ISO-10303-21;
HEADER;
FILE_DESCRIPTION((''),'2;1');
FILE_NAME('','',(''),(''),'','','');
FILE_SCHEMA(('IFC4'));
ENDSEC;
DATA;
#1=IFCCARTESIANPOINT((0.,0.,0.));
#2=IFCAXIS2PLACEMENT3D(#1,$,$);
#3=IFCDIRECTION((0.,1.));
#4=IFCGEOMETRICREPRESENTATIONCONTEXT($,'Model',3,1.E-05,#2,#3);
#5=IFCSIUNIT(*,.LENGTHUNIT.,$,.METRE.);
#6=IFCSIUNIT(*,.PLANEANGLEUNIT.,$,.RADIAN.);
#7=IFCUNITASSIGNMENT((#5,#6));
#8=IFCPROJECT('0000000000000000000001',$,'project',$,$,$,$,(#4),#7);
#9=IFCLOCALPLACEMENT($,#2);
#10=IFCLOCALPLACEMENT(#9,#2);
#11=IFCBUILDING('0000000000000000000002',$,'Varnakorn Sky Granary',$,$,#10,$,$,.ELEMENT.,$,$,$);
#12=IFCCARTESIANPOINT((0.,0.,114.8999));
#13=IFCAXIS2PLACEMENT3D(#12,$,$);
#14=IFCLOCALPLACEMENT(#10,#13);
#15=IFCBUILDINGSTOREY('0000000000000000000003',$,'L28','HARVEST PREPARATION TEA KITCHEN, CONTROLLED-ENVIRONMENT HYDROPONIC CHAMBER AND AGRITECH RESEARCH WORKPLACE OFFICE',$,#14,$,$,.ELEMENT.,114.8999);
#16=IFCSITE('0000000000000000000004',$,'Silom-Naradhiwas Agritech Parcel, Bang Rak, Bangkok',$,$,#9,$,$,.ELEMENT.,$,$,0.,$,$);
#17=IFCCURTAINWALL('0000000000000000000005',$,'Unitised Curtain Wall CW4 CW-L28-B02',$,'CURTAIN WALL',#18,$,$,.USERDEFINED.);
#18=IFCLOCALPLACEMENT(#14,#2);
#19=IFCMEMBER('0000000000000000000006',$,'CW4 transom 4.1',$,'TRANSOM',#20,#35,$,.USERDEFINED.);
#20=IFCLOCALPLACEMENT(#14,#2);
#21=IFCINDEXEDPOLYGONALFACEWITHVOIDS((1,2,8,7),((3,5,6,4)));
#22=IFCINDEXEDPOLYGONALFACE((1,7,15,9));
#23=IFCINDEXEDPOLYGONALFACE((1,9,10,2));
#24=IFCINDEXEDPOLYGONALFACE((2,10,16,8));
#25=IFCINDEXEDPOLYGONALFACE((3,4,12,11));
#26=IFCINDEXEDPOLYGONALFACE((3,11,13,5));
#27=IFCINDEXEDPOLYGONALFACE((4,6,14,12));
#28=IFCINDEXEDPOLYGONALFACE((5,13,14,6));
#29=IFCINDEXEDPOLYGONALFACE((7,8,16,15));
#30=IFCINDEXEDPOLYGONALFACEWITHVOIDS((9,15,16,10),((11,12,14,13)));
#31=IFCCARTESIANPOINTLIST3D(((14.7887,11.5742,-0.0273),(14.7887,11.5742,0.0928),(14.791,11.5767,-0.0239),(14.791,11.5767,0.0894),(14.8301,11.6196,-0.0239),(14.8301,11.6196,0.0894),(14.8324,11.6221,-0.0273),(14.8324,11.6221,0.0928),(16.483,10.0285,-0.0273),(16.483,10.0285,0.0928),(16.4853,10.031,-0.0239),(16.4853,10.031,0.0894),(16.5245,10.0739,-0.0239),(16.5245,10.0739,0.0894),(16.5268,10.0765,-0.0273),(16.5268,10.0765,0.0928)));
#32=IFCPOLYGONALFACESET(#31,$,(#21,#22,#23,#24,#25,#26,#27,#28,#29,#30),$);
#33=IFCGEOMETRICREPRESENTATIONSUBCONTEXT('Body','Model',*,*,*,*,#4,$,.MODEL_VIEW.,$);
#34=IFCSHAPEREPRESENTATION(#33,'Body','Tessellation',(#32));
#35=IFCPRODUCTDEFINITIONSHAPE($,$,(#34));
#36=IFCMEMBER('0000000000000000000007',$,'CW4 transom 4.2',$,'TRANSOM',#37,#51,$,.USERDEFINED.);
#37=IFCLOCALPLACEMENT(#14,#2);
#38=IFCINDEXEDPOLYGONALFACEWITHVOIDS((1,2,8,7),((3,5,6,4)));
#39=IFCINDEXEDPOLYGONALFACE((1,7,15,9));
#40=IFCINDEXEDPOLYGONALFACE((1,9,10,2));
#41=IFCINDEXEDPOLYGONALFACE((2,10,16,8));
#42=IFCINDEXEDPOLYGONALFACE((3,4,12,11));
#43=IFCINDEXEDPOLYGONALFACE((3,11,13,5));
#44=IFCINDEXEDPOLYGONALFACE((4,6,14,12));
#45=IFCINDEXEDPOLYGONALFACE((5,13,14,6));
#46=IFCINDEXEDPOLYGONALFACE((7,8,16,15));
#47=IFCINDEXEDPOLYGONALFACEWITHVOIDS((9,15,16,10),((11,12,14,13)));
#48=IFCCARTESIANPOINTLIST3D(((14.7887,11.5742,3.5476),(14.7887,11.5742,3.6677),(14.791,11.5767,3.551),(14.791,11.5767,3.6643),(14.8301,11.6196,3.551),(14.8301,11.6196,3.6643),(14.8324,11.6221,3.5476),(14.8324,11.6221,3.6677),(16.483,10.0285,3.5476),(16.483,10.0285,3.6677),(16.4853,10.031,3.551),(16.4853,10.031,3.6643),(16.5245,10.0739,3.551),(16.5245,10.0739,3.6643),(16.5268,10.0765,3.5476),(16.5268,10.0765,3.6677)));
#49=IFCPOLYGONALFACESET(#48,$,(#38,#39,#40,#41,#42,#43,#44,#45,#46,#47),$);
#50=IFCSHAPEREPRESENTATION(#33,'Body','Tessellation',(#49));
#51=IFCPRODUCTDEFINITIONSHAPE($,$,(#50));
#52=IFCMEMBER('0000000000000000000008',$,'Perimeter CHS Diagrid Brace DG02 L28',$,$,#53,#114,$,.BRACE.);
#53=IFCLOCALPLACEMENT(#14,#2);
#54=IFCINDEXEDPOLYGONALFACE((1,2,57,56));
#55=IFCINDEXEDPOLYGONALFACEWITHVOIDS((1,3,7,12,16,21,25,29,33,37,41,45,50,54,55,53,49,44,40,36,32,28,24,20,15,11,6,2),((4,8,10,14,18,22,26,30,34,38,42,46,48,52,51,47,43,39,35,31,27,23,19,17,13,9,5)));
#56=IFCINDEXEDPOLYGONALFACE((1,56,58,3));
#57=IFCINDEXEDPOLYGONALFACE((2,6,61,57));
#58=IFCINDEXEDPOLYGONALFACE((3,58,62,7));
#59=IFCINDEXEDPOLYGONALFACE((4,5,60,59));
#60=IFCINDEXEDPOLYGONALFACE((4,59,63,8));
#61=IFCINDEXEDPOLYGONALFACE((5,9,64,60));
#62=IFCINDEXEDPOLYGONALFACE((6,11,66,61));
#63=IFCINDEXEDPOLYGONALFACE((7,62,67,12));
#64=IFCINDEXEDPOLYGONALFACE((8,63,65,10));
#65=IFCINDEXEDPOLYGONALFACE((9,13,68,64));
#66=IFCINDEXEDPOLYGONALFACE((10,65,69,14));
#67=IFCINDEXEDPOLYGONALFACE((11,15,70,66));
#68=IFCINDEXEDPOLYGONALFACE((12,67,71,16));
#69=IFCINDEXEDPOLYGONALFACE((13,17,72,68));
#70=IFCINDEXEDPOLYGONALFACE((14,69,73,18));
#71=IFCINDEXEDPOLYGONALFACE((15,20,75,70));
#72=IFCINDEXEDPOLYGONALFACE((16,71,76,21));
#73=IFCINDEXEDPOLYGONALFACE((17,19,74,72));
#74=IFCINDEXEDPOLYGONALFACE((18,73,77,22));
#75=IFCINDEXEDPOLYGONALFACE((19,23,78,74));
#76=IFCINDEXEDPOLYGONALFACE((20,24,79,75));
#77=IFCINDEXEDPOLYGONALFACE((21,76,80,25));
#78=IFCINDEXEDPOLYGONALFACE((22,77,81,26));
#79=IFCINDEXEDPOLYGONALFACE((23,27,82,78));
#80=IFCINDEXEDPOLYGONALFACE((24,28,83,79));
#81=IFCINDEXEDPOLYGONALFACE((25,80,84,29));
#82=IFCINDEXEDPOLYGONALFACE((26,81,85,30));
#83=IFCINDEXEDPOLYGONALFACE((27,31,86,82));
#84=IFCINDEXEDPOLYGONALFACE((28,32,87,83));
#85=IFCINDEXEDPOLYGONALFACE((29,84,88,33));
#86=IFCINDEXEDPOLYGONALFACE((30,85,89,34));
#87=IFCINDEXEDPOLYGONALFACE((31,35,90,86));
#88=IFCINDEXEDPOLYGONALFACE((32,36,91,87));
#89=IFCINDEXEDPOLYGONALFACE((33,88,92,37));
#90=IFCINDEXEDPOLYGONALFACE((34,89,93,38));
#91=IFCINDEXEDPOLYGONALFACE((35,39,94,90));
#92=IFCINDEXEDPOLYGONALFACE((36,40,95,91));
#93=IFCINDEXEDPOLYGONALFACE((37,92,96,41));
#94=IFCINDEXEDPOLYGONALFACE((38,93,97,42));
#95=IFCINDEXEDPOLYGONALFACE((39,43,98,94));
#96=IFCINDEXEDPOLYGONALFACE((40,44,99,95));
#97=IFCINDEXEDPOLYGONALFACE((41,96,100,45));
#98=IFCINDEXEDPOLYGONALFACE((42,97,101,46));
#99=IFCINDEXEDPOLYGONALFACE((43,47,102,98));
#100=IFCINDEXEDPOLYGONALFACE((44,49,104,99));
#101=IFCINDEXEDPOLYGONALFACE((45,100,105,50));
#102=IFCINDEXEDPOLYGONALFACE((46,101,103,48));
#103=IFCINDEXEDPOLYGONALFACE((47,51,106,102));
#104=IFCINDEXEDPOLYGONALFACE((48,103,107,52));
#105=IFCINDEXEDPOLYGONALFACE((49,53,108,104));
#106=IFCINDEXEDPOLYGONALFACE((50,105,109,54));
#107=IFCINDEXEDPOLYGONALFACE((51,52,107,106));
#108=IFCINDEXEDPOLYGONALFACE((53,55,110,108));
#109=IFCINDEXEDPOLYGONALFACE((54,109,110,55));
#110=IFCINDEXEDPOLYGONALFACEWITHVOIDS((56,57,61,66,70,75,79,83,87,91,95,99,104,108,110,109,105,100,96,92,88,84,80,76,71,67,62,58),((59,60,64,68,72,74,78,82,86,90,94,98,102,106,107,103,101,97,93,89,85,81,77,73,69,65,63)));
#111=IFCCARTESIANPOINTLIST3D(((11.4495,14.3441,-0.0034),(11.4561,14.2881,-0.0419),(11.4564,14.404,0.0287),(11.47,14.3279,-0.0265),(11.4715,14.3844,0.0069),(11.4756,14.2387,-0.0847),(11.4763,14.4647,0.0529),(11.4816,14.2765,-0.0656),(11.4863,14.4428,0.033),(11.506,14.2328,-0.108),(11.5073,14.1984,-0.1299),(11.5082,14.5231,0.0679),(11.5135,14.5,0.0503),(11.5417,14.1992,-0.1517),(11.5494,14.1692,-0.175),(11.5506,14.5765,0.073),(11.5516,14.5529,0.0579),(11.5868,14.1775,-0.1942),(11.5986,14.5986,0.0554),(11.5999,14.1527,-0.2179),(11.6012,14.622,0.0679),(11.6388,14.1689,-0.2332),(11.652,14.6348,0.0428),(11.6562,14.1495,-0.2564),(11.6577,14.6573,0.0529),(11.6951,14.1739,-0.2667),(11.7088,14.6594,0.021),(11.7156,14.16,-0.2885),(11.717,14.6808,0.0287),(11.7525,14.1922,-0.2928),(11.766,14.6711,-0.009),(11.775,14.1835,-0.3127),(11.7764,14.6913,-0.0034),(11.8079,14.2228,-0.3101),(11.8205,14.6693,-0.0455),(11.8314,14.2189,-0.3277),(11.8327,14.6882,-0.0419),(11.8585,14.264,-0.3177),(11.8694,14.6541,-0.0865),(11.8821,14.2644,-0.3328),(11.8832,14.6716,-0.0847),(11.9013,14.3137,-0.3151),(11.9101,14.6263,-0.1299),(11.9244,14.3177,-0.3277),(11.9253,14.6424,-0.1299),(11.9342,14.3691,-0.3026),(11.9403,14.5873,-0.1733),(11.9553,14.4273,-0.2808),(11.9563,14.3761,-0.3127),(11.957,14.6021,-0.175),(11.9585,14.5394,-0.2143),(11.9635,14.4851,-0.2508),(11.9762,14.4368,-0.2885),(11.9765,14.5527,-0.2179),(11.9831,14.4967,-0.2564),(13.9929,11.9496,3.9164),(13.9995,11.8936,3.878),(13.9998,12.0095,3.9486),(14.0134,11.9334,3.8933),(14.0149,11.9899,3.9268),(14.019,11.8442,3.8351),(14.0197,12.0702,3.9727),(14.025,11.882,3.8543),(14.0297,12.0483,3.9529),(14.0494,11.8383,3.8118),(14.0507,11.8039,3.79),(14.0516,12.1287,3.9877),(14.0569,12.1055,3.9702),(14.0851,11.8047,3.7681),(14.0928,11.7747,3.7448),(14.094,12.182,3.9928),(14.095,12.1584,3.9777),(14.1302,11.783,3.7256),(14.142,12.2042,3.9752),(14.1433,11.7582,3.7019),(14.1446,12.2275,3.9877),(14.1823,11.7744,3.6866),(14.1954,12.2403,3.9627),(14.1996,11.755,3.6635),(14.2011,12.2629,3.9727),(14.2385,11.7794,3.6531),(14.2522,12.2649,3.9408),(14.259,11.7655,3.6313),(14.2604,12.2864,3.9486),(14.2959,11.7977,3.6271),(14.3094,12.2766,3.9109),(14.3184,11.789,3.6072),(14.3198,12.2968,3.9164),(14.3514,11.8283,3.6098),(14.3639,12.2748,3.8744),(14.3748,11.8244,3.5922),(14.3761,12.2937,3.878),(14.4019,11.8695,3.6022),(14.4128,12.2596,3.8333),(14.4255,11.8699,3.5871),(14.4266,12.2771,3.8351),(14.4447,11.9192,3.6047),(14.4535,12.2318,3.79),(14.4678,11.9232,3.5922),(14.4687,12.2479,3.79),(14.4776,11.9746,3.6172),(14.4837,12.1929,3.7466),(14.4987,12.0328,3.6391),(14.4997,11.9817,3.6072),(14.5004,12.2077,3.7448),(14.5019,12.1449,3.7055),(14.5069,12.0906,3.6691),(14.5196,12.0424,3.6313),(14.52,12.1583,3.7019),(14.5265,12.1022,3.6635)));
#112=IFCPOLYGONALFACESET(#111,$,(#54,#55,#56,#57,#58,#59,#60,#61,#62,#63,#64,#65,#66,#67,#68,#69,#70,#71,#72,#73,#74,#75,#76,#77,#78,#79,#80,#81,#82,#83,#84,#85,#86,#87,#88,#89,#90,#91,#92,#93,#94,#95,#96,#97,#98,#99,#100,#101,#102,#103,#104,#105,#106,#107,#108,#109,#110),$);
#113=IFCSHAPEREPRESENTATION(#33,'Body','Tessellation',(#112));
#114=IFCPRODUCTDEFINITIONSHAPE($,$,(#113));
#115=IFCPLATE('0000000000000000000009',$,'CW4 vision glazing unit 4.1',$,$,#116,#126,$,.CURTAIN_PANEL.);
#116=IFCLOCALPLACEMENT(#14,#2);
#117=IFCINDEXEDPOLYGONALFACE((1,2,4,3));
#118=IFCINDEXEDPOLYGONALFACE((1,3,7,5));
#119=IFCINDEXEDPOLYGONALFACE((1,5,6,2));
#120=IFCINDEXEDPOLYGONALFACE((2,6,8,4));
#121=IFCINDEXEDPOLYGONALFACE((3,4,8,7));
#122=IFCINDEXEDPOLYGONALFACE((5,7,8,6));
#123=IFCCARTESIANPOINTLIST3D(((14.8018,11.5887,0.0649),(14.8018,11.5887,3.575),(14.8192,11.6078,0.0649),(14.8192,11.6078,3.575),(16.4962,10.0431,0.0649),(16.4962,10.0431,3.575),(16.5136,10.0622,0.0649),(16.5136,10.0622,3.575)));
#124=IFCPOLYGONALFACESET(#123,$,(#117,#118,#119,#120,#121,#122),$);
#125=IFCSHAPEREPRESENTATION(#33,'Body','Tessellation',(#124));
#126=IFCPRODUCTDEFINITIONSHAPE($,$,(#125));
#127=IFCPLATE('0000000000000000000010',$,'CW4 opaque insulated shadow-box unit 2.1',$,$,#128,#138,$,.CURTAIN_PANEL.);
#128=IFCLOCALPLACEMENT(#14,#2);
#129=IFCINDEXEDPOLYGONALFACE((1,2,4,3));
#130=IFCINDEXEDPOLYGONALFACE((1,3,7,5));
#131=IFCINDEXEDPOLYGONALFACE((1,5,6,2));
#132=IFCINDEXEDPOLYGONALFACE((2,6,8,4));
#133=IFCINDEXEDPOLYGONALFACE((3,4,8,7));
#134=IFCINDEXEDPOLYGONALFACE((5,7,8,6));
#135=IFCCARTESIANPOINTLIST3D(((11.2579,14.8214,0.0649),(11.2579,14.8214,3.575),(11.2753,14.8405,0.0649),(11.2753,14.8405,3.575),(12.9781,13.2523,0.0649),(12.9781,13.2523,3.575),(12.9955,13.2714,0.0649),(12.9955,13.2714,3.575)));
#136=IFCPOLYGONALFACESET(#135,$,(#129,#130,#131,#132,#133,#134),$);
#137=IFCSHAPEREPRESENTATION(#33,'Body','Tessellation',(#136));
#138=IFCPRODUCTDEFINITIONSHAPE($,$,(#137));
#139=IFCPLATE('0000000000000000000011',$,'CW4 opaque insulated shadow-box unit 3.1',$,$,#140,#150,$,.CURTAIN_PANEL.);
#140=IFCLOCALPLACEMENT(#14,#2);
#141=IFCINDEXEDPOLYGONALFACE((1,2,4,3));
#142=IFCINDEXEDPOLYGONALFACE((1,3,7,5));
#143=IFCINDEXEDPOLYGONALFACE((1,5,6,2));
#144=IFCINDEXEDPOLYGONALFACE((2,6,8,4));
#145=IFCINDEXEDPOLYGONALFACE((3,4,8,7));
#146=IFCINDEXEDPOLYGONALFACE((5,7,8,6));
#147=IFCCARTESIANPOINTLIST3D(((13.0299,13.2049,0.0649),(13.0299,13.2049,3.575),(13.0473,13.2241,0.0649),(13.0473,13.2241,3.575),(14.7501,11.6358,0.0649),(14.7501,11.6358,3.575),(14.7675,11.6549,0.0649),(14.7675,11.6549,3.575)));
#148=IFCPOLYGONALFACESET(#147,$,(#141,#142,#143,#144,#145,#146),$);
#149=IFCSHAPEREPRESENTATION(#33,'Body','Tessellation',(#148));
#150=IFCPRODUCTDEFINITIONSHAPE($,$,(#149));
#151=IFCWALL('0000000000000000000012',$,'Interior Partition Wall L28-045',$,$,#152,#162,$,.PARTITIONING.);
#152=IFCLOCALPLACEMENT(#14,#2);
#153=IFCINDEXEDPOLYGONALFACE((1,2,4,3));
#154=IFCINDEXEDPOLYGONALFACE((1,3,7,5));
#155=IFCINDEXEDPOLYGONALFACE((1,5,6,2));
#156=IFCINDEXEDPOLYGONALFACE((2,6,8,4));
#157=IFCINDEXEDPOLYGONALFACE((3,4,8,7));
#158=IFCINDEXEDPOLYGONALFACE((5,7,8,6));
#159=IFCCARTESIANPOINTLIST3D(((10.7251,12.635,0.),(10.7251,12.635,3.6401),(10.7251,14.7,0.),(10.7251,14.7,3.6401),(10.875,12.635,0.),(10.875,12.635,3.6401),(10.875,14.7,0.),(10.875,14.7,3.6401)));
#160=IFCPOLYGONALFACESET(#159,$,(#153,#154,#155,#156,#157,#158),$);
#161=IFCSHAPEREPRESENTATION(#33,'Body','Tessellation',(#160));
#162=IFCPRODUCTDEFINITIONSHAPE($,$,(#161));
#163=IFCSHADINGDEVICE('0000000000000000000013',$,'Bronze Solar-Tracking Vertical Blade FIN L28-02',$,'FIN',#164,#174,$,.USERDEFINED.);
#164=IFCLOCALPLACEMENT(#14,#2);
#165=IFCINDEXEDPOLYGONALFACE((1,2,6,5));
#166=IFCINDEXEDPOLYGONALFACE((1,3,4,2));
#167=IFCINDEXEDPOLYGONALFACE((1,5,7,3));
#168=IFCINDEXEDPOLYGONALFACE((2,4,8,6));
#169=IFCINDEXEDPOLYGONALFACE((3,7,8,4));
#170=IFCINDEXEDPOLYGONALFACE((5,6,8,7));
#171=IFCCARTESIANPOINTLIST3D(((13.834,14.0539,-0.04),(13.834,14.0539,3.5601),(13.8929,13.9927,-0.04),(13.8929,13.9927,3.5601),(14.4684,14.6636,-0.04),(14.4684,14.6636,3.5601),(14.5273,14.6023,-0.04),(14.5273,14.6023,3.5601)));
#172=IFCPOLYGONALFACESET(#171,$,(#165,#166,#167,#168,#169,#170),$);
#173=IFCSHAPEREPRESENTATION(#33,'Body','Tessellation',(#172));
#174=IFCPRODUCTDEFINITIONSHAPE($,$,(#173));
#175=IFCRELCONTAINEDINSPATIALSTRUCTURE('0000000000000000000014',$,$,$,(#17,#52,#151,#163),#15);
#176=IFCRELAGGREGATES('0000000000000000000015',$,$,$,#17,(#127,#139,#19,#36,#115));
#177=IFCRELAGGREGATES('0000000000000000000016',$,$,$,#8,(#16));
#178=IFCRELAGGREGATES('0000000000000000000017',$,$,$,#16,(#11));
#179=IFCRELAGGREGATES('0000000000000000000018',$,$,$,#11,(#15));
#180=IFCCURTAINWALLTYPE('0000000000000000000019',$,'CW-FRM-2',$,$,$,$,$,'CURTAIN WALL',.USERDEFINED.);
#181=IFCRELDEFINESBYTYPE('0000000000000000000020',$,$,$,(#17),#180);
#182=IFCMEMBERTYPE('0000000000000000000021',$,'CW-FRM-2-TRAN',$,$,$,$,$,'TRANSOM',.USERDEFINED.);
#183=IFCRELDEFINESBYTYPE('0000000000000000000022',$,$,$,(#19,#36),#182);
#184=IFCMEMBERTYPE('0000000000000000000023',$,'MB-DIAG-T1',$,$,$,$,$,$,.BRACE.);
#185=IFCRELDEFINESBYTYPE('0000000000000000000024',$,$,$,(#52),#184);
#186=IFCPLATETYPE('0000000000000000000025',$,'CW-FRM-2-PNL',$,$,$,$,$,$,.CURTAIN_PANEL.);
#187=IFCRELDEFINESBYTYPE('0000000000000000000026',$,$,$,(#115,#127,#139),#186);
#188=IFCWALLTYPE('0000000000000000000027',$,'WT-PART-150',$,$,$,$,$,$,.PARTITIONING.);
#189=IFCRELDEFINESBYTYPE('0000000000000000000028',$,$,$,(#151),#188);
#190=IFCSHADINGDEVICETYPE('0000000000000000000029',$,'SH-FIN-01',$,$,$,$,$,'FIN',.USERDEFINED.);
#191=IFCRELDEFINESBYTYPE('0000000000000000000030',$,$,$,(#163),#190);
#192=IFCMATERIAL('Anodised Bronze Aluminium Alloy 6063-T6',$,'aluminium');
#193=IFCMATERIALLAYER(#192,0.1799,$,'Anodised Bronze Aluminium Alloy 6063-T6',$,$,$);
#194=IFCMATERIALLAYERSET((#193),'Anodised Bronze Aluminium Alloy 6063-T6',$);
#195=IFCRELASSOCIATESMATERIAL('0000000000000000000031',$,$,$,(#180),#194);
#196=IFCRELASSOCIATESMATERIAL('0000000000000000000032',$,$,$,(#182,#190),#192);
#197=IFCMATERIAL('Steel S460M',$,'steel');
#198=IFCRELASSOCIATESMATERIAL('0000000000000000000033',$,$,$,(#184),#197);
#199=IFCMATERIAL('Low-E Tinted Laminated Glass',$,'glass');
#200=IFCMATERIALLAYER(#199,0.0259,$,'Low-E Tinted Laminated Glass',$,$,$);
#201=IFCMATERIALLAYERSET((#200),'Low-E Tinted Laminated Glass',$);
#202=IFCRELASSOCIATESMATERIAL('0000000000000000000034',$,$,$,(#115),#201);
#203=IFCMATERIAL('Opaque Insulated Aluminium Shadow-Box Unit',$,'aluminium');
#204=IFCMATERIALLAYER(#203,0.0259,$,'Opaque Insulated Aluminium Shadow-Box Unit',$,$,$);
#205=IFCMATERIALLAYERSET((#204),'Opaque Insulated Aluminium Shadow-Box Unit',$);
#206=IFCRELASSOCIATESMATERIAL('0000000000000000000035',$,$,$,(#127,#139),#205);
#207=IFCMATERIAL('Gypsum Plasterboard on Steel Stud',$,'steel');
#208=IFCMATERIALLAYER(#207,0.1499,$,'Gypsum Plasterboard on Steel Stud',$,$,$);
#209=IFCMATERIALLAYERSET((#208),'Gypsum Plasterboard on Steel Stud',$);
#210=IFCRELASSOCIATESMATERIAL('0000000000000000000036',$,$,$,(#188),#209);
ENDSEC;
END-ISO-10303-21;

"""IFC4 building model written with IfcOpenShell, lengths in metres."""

from ifc_helpers import new_model, si_unit, direction, frame, frame_2d, origin, origin_2d, place, context, subcontext, project, spatial, rectangle, hollow_rectangle, hollow_circle, extrude, source, transform, mapped, material, layer, layer_set, material_profile, profile_set, type_object, type_shapes, element, aggregate, save


model = new_model("IFC4")

# Units and contexts
model_context = context("Model", 3, precision=1e-05, world=origin(), true_north=direction((0.0, 1.0)))
body_context = subcontext(model_context, "Body", "Model", "MODEL_VIEW")
ifc_project = project(units=[si_unit("LENGTHUNIT", "METRE"), si_unit("PLANEANGLEUNIT", "RADIAN")], contexts=[model_context])

# Site, building, storey
site_placement = place(None, origin())
site = spatial("IfcSite", under=ifc_project, at=site_placement, Name="Silom-Naradhiwas Agritech Parcel, Bang Rak, Bangkok", CompositionType="ELEMENT", RefElevation=0.0)
building_placement = place(site_placement, origin())
building = spatial("IfcBuilding", under=site, at=building_placement, Name="Varnakorn Sky Granary", CompositionType="ELEMENT")
storey_placement = place(building_placement, frame((0.0, 0.0, 114.8999)))
storey = spatial("IfcBuildingStorey", under=building, at=storey_placement, Name="L28", Description="HARVEST PREPARATION TEA KITCHEN, CONTROLLED-ENVIRONMENT HYDROPONIC CHAMBER AND AGRITECH RESEARCH WORKPLACE OFFICE", CompositionType="ELEMENT", Elevation=114.8999)

# Curtain wall, members
ifc_material_1 = material(Name="Anodised Bronze Aluminium Alloy 6063-T6", Category="aluminium")
ifc_layer_1 = layer(ifc_material_1, 0.1799, Name="Anodised Bronze Aluminium Alloy 6063-T6")
ifc_layer_set_1 = layer_set([ifc_layer_1], Name="Anodised Bronze Aluminium Alloy 6063-T6")
curtain_wall_type = type_object("IfcCurtainWallType", Name="CW-FRM-2", ElementType="CURTAIN WALL", PredefinedType="USERDEFINED", material=ifc_layer_set_1)
curtain_wall_placement = place(storey_placement, origin())
curtain_wall = element("IfcCurtainWall", 1, at=curtain_wall_placement, inside=storey, type_object=curtain_wall_type, Name="Unitised Curtain Wall CW4 CW-L28-B02", ObjectType="CURTAIN WALL", PredefinedType="USERDEFINED")
ifc_material_profile_1 = material_profile(ifc_material_1, hollow_rectangle(XDim=0.0649, YDim=0.1201, WallThickness=0.0034, at=origin_2d()), Name="ALU TRAN 65x120")
ifc_profile_set_1 = profile_set([ifc_material_profile_1], Name="Anodised Bronze Aluminium Alloy 6063-T6")
member_type_1 = type_object("IfcMemberType", Name="CW-FRM-2-TRAN", ElementType="TRANSOM", PredefinedType="USERDEFINED", material=ifc_profile_set_1)
member_1_placement = place(storey_placement, frame((14.8105, 11.5981, 0.0327), z_axis=(0.738778, -0.673949, 0.0), x_axis=(0.673949, 0.738778, 0.0)))
member_1 = element("IfcMember", 2, at=member_1_placement, type_object=member_type_1, Name="CW4 transom 4.1", ObjectType="TRANSOM", PredefinedType="USERDEFINED", context=body_context, shape_type="SweptSolid", body=[
    extrude(hollow_rectangle(XDim=0.0649, YDim=0.1201, WallThickness=0.0034, at=origin_2d()), origin(), (0.0, 0.0, 1.0), 2.2935),
])
member_2_placement = place(storey_placement, frame((14.8105, 11.5981, 3.6077), z_axis=(0.738778, -0.673949, 0.0), x_axis=(0.673949, 0.738778, 0.0)))
member_2 = element("IfcMember", 3, at=member_2_placement, type_object=member_type_1, Name="CW4 transom 4.2", ObjectType="TRANSOM", PredefinedType="USERDEFINED", context=body_context, shape_type="SweptSolid", body=[
    extrude(hollow_rectangle(XDim=0.0649, YDim=0.1201, WallThickness=0.0034, at=origin_2d()), origin(), (0.0, 0.0, 1.0), 2.2935),
])

# Member
ifc_material_2 = material(Name="Steel S460M", Category="steel")
ifc_material_profile_2 = material_profile(ifc_material_2, hollow_circle(Radius=0.3049, WallThickness=0.0222, at=origin_2d()), Name="CHS 610x22")
ifc_profile_set_2 = profile_set([ifc_material_profile_2], Name="Steel S460M")
member_type_2 = type_object("IfcMemberType", Name="MB-DIAG-T1", PredefinedType="BRACE", material=ifc_profile_set_2)
member_3_placement = place(storey_placement, frame((11.7163, 14.4204, -0.1299), z_axis=(0.484413, -0.45605, 0.746567), x_axis=(0.685469, 0.728101, 0.0)))
element("IfcMember", 4, at=member_3_placement, inside=storey, type_object=member_type_2, Name="Perimeter CHS Diagrid Brace DG02 L28", PredefinedType="BRACE", context=body_context, shape_type="SweptSolid", body=[
    extrude(hollow_circle(Radius=0.3049, WallThickness=0.0222, at=origin_2d()), origin(), (0.0, 0.0, 1.0), 5.2505),
])

# Plates
ifc_material_3 = material(Name="Low-E Tinted Laminated Glass", Category="glass")
ifc_layer_2 = layer(ifc_material_3, 0.0259, Name="Low-E Tinted Laminated Glass")
ifc_layer_set_2 = layer_set([ifc_layer_2], Name="Low-E Tinted Laminated Glass")
plate_type = type_object("IfcPlateType", Name="CW-FRM-2-PNL", PredefinedType="CURTAIN_PANEL")
shared_shape_1 = source(origin(), body_context, "Body", "SweptSolid", [
    extrude(rectangle(XDim=2.2935, YDim=0.0259, at=origin_2d()), origin(), (0.0, 0.0, 1.0), 3.51),
])
plate_1_placement = place(storey_placement, frame((15.6577, 10.8254, 0.0649), z_axis=(0.0, 0.0, 1.0), x_axis=(0.7388, -0.673925, 0.0)))
plate_1 = element("IfcPlate", 5, at=plate_1_placement, type_object=plate_type, material=ifc_layer_set_2, Name="CW4 vision glazing unit 4.1", PredefinedType="CURTAIN_PANEL", context=body_context, shape_type="MappedRepresentation", body=[
    mapped(shared_shape_1, transform((0.0, 0.0, 0.0), x_axis=(1.0, 0.0, 0.0), y_axis=(0.0, 1.0, 0.0), z_axis=(0.0, 0.0, 1.0), scale=1.0)),
])
ifc_material_4 = material(Name="Opaque Insulated Aluminium Shadow-Box Unit", Category="aluminium")
ifc_layer_3 = layer(ifc_material_4, 0.0259, Name="Opaque Insulated Aluminium Shadow-Box Unit")
ifc_layer_set_3 = layer_set([ifc_layer_3], Name="Opaque Insulated Aluminium Shadow-Box Unit")
shared_shape_2 = source(origin(), body_context, "Body", "SweptSolid", [
    extrude(rectangle(XDim=2.3284, YDim=0.0259, at=origin_2d()), origin(), (0.0, 0.0, 1.0), 3.51),
])
type_shapes(plate_type, [shared_shape_1, shared_shape_2])
plate_2_placement = place(storey_placement, frame((12.1267, 14.0464, 0.0649), z_axis=(0.0, 0.0, 1.0), x_axis=(0.7388, -0.673925, 0.0)))
plate_2 = element("IfcPlate", 6, at=plate_2_placement, type_object=plate_type, material=ifc_layer_set_3, Name="CW4 opaque insulated shadow-box unit 2.1", PredefinedType="CURTAIN_PANEL", context=body_context, shape_type="MappedRepresentation", body=[
    mapped(shared_shape_2, transform((0.0, 0.0, 0.0), x_axis=(1.0, 0.0, 0.0), y_axis=(0.0, 1.0, 0.0), z_axis=(0.0, 0.0, 1.0), scale=1.0)),
])
plate_3_placement = place(storey_placement, frame((13.8987, 12.4299, 0.0649), z_axis=(0.0, 0.0, 1.0), x_axis=(0.7388, -0.673925, 0.0)))
plate_3 = element("IfcPlate", 7, at=plate_3_placement, type_object=plate_type, material=ifc_layer_set_3, Name="CW4 opaque insulated shadow-box unit 3.1", PredefinedType="CURTAIN_PANEL", context=body_context, shape_type="MappedRepresentation", body=[
    mapped(shared_shape_2, transform((0.0, 0.0, 0.0), x_axis=(1.0, 0.0, 0.0), y_axis=(0.0, 1.0, 0.0), z_axis=(0.0, 0.0, 1.0), scale=1.0)),
])
aggregate(curtain_wall, [plate_2, plate_3, member_1, member_2, plate_1])

# Wall
ifc_material_5 = material(Name="Gypsum Plasterboard on Steel Stud", Category="steel")
ifc_layer_4 = layer(ifc_material_5, 0.1499, Name="Gypsum Plasterboard on Steel Stud")
ifc_layer_set_4 = layer_set([ifc_layer_4], Name="Gypsum Plasterboard on Steel Stud")
wall_type = type_object("IfcWallType", Name="WT-PART-150", PredefinedType="PARTITIONING", material=ifc_layer_set_4)
wall_placement = place(storey_placement, frame((10.8, 12.635, 0.0), z_axis=(0.0, 0.0, 1.0), x_axis=(0.0, 1.0, 0.0)))
element("IfcWall", 8, at=wall_placement, inside=storey, type_object=wall_type, Name="Interior Partition Wall L28-045", PredefinedType="PARTITIONING", context=body_context, shape_type="SweptSolid", body=[
    extrude(rectangle(XDim=2.0649, YDim=0.1499, at=frame_2d((1.0325, 0.0))), origin(), (0.0, 0.0, 1.0), 3.6401),
])

# Shading device
shading_device_type = type_object("IfcShadingDeviceType", Name="SH-FIN-01", ElementType="FIN", PredefinedType="USERDEFINED", material=ifc_material_1)
shared_shape_3 = source(origin(), body_context, "Body", "SweptSolid", [
    extrude(rectangle(XDim=0.085, YDim=0.8799, at=origin_2d()), origin(), (0.0, 0.0, 1.0), 3.6001),
])
type_shapes(shading_device_type, [shared_shape_3])
shading_device_placement = place(storey_placement, frame((14.1807, 14.3281, -0.04), z_axis=(0.0, 0.0, 1.0), x_axis=(-0.692883, 0.72105, 0.0)))
element("IfcShadingDevice", 9, at=shading_device_placement, inside=storey, type_object=shading_device_type, Name="Bronze Solar-Tracking Vertical Blade FIN L28-02", ObjectType="FIN", PredefinedType="USERDEFINED", context=body_context, shape_type="MappedRepresentation", body=[
    mapped(shared_shape_3, transform((0.0, 0.0, 0.0), x_axis=(1.0, 0.0, 0.0), y_axis=(0.0, 1.0, 0.0), z_axis=(0.0, 0.0, 1.0), scale=1.0)),
])

save(model, "model.ifc")
